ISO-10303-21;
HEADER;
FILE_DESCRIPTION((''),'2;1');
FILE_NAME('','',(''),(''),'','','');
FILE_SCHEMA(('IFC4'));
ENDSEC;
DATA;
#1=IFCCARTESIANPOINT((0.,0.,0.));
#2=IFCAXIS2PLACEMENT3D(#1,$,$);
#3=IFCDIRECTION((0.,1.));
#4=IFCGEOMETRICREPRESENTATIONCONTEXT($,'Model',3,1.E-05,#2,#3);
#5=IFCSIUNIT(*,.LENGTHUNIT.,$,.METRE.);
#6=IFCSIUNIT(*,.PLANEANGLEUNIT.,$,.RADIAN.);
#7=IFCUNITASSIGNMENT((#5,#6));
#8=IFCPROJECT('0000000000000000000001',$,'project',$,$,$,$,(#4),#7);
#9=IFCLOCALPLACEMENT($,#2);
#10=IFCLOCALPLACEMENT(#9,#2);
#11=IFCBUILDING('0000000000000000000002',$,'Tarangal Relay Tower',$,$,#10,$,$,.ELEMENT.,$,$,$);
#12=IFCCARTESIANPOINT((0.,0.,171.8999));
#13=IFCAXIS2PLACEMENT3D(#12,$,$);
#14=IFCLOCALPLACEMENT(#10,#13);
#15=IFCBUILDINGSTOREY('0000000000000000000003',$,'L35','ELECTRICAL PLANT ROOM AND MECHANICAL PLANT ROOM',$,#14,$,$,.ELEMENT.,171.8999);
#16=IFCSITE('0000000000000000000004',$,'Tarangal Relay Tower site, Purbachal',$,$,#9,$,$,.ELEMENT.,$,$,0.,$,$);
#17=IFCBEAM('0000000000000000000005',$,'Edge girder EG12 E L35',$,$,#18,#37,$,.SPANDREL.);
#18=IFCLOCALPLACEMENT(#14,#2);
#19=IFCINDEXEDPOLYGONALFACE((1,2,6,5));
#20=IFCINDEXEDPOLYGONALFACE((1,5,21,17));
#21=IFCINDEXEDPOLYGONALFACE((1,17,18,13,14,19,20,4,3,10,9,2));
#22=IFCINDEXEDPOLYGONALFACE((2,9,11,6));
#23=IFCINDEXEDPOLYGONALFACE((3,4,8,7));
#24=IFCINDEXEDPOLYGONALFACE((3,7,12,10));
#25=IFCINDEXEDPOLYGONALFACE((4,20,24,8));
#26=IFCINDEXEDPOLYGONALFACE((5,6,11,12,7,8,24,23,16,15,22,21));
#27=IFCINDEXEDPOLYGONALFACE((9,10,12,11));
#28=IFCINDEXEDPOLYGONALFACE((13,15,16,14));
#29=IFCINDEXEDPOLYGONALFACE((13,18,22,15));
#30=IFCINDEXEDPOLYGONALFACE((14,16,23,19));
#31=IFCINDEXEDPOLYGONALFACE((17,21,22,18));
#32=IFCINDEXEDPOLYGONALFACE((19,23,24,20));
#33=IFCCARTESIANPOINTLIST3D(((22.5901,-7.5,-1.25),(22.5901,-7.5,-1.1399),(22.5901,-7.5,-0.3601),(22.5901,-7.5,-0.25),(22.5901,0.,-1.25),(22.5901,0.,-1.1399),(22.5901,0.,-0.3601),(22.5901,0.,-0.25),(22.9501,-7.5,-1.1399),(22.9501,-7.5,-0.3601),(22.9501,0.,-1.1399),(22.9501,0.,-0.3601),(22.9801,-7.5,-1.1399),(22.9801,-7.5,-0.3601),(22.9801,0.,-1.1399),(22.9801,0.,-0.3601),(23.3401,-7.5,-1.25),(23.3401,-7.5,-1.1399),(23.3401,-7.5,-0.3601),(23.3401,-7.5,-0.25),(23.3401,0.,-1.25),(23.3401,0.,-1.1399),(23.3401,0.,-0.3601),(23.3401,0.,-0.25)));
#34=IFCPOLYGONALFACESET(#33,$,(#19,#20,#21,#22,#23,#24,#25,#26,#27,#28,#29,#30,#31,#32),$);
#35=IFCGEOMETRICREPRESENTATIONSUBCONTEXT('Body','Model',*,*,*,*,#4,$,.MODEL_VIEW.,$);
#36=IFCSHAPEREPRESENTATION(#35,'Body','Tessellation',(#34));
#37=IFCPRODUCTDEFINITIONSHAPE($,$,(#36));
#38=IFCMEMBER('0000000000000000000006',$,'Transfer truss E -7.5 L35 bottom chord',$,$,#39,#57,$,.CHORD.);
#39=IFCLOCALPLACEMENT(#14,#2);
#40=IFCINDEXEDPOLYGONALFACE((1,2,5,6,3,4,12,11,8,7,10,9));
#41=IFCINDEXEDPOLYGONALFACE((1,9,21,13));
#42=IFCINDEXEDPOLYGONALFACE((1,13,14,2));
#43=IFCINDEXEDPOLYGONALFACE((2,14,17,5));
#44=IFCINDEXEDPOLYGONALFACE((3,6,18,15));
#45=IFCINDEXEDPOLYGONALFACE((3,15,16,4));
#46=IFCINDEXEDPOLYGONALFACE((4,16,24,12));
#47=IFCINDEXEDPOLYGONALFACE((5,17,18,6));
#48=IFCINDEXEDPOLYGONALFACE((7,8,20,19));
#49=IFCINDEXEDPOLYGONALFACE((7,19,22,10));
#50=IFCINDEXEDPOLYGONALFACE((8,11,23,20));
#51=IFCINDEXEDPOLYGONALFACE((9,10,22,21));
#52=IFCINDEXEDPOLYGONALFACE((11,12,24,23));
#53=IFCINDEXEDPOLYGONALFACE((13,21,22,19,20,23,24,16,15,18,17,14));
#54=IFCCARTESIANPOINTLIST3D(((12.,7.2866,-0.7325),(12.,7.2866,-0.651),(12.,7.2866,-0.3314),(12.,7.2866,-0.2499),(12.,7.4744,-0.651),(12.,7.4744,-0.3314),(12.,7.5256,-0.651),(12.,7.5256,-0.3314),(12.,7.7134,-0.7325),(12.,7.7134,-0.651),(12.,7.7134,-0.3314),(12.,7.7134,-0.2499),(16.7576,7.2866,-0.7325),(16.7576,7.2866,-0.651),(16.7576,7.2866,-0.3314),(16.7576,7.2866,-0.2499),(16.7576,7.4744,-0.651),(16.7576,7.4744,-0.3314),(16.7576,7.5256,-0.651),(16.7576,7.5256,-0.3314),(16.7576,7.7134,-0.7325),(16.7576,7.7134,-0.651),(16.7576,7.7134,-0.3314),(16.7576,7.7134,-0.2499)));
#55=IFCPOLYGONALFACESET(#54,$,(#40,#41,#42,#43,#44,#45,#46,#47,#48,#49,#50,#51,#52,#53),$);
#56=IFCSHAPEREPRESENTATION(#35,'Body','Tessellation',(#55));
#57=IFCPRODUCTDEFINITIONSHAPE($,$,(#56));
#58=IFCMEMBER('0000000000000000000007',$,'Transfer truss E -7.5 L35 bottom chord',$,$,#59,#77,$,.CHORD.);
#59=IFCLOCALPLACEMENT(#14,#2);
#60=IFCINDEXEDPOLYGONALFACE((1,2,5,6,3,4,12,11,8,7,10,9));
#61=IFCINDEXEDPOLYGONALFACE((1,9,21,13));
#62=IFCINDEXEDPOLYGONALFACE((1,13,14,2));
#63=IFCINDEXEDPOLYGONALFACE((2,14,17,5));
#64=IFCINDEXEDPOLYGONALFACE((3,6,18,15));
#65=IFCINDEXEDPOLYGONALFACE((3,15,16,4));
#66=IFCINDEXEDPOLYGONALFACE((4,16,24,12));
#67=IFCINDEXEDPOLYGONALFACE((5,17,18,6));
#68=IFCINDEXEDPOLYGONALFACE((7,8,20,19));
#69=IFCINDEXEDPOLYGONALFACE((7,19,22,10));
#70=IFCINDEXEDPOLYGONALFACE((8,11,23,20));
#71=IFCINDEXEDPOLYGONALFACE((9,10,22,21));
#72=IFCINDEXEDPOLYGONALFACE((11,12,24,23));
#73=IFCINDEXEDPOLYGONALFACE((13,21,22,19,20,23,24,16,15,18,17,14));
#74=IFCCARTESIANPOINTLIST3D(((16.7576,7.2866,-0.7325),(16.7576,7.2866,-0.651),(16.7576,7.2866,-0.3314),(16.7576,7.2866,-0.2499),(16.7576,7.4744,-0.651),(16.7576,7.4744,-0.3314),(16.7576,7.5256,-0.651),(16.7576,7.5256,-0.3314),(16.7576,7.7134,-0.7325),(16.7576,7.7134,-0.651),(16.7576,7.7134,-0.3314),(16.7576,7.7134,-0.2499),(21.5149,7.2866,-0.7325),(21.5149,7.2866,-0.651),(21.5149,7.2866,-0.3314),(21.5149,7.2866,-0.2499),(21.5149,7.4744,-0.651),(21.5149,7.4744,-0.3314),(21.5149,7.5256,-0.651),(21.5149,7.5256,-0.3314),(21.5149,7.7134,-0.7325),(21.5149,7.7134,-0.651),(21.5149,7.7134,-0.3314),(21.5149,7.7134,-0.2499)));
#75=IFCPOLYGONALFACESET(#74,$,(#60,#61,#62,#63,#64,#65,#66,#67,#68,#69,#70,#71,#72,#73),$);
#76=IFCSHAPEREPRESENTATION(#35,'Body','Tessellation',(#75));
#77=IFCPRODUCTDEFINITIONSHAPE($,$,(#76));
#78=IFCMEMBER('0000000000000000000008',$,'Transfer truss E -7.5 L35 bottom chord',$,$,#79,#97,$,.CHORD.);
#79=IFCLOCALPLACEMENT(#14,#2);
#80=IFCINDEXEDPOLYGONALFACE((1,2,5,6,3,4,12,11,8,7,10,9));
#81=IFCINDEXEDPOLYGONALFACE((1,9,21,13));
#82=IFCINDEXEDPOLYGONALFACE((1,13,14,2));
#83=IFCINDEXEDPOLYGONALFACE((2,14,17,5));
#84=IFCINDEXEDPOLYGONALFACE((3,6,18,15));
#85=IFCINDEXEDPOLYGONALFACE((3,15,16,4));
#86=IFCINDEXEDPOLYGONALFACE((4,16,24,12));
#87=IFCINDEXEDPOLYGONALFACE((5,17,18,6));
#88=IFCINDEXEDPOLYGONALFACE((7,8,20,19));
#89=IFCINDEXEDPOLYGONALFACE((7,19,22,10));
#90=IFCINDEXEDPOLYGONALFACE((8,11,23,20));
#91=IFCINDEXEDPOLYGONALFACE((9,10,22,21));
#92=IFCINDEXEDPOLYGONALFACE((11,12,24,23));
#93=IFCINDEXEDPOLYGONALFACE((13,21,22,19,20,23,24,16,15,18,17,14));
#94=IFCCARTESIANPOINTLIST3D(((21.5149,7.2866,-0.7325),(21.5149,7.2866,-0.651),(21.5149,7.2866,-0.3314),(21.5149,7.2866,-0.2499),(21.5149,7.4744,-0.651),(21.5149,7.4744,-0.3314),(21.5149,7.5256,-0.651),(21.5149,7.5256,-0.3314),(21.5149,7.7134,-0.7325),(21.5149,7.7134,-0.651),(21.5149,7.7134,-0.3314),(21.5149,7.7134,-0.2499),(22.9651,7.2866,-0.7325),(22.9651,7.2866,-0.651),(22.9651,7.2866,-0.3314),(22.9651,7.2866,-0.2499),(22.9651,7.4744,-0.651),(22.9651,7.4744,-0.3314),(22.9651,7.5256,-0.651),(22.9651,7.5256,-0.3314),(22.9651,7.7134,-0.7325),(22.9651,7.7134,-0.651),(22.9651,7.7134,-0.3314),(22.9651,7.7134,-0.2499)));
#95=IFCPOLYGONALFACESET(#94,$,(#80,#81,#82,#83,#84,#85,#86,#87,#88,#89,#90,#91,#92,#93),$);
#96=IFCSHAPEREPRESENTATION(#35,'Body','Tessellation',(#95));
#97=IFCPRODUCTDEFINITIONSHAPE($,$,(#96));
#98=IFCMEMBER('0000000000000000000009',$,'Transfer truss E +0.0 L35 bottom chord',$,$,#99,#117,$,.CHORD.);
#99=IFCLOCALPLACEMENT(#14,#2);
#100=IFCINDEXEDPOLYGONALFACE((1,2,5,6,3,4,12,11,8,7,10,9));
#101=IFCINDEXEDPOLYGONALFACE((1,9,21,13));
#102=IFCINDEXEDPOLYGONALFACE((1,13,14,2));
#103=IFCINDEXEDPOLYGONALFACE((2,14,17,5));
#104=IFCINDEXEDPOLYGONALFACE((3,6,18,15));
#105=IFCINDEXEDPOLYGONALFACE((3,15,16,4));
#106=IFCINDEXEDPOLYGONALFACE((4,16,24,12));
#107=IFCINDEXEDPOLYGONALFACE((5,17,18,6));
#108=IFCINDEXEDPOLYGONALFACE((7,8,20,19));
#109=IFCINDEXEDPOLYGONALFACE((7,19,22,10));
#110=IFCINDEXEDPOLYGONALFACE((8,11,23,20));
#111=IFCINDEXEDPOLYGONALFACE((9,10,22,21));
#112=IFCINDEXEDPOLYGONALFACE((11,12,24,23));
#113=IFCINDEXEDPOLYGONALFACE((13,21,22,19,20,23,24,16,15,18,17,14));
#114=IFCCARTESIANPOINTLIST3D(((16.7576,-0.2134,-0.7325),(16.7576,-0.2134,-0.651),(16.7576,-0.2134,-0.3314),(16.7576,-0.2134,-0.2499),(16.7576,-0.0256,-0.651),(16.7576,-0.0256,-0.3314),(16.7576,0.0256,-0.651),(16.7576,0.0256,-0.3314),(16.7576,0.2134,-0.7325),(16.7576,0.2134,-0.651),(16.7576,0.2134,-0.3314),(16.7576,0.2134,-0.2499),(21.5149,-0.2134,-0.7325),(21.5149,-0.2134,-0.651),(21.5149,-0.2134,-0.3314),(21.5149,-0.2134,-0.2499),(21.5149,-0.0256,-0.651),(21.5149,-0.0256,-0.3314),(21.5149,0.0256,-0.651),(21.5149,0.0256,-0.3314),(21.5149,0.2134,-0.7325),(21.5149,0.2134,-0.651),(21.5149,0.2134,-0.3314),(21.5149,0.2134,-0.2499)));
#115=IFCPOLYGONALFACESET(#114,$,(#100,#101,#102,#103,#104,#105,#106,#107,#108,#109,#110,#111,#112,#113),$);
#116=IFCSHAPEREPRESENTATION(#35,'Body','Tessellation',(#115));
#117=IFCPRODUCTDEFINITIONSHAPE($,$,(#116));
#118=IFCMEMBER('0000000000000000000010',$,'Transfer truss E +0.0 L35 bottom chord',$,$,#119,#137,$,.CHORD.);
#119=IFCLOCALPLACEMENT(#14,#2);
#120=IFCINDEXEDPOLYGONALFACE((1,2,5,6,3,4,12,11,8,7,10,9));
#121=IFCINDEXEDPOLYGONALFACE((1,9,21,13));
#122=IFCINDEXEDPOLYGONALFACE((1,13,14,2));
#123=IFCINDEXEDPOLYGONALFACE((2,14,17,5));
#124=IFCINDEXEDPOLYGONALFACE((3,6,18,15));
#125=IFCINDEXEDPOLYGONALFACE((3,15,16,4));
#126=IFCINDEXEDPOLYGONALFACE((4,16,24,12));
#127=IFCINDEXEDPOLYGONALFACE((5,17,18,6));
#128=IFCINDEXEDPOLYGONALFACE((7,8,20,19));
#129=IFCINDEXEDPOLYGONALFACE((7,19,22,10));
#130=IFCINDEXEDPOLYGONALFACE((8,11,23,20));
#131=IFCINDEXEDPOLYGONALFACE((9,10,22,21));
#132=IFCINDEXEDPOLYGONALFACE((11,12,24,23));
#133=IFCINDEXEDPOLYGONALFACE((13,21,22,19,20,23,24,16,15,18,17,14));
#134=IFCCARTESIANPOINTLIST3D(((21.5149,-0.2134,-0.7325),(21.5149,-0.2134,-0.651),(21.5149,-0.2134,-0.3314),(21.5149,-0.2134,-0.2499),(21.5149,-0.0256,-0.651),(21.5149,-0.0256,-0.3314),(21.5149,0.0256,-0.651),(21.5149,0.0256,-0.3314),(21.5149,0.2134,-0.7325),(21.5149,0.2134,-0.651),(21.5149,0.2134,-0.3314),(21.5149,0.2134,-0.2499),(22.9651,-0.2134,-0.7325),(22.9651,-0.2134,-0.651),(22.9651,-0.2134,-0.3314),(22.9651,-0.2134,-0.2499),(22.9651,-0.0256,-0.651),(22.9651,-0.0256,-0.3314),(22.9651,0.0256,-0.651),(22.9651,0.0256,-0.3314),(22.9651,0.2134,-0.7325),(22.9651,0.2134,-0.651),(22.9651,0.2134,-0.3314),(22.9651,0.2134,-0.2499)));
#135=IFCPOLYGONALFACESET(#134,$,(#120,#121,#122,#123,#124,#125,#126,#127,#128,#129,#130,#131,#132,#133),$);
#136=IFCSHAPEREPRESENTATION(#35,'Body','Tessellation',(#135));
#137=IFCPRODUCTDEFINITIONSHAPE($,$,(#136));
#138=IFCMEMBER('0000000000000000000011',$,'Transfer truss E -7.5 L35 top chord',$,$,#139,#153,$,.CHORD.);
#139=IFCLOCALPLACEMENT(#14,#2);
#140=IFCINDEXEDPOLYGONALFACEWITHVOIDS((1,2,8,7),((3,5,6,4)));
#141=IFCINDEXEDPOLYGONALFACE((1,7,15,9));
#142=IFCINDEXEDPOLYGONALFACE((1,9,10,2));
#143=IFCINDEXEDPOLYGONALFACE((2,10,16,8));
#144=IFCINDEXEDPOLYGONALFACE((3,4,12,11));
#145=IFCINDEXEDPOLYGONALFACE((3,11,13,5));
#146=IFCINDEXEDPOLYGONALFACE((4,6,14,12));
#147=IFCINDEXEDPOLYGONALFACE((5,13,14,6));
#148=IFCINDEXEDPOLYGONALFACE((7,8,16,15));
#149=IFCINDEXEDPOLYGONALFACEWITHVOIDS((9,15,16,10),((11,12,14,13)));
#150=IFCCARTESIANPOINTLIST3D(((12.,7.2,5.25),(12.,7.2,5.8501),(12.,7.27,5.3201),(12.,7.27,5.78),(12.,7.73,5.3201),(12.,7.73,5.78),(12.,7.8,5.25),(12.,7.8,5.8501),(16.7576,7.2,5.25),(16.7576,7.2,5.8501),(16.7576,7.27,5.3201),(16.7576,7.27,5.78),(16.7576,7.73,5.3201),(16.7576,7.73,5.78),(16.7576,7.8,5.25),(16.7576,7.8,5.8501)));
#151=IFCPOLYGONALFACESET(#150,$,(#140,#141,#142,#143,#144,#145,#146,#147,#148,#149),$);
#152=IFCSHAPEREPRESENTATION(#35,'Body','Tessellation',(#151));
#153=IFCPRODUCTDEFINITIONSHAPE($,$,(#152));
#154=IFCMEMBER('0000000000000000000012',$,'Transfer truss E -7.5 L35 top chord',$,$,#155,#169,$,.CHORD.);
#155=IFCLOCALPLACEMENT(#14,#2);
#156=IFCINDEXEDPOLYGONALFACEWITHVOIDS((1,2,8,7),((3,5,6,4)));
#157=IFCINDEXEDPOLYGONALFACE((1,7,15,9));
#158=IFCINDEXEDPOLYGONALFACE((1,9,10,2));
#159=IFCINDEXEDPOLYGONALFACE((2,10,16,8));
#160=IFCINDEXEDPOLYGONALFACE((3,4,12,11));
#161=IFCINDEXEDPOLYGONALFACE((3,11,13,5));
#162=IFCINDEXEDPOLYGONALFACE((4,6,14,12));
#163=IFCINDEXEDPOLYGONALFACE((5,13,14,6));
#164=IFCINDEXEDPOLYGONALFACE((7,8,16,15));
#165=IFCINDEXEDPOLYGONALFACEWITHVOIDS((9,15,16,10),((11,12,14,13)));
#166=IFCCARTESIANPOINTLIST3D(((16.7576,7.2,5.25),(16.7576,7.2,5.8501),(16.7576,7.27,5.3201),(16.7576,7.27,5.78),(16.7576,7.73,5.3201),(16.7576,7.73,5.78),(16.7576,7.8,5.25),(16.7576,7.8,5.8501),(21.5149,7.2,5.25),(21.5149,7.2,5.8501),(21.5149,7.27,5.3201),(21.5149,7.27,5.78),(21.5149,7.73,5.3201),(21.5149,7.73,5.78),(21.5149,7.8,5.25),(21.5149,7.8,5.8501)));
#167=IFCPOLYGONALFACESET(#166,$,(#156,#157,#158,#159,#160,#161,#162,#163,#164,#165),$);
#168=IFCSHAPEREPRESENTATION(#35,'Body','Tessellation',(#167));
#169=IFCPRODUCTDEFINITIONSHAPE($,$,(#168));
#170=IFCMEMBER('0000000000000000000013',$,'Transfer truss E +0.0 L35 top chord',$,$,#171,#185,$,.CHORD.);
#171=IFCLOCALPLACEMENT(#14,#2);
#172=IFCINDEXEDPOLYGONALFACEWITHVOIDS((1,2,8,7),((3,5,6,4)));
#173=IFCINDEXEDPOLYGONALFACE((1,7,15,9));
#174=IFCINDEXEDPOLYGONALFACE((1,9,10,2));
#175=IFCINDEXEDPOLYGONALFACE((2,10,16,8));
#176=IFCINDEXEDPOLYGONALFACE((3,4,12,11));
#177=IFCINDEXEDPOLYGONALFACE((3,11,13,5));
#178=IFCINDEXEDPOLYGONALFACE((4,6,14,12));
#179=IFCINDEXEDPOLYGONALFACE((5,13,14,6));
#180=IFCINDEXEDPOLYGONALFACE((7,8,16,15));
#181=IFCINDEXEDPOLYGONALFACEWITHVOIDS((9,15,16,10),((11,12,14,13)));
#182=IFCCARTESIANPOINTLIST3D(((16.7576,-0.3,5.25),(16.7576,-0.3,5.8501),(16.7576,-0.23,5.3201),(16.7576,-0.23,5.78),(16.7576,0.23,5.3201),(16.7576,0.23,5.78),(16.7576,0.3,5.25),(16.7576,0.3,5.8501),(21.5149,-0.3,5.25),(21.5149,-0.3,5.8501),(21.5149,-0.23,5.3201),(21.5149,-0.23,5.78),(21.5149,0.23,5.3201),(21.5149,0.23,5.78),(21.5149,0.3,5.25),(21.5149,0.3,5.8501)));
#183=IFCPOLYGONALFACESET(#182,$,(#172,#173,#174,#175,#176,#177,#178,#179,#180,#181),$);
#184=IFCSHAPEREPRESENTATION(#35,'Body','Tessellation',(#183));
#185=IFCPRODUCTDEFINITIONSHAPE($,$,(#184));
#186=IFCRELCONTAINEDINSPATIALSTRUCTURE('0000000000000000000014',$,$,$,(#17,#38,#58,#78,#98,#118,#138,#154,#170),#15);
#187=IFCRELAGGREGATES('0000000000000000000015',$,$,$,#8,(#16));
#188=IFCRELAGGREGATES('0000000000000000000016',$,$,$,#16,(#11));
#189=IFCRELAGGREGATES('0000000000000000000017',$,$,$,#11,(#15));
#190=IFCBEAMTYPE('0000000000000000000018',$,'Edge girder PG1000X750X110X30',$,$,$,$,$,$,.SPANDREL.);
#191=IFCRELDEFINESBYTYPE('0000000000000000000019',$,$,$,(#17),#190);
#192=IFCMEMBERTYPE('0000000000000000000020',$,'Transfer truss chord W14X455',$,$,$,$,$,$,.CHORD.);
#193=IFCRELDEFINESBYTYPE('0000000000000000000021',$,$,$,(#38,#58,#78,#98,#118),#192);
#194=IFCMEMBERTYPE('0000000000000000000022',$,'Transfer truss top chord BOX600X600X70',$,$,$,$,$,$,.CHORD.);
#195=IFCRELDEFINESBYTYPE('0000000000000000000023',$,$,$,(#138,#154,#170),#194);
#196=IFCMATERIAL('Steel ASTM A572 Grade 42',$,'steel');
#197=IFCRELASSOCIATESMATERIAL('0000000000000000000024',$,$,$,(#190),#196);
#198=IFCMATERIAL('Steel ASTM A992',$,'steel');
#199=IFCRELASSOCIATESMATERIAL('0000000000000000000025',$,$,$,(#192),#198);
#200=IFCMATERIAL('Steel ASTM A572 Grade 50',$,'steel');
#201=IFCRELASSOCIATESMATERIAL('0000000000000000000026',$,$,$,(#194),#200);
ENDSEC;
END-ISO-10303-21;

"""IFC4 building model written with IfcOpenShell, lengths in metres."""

from ifc_helpers import new_model, si_unit, direction, frame, origin, origin_2d, place, context, subcontext, project, spatial, hollow_rectangle, i_section, extrude, material, material_profile, profile_set, type_object, element, save


model = new_model("IFC4")

# Units and contexts
model_context = context("Model", 3, precision=1e-05, world=origin(), true_north=direction((0.0, 1.0)))
body_context = subcontext(model_context, "Body", "Model", "MODEL_VIEW")
ifc_project = project(units=[si_unit("LENGTHUNIT", "METRE"), si_unit("PLANEANGLEUNIT", "RADIAN")], contexts=[model_context])

# Site, building, storey
site_placement = place(None, origin())
site = spatial("IfcSite", under=ifc_project, at=site_placement, Name="Tarangal Relay Tower site, Purbachal", CompositionType="ELEMENT", RefElevation=0.0)
building_placement = place(site_placement, origin())
building = spatial("IfcBuilding", under=site, at=building_placement, Name="Tarangal Relay Tower", CompositionType="ELEMENT")
storey_placement = place(building_placement, frame((0.0, 0.0, 171.8999)))
storey = spatial("IfcBuildingStorey", under=building, at=storey_placement, Name="L35", Description="ELECTRICAL PLANT ROOM AND MECHANICAL PLANT ROOM", CompositionType="ELEMENT", Elevation=171.8999)

# Shared definitions
ifc_material_1 = material(Name="Steel ASTM A572 Grade 50", Category="steel")

# Shared definitions
ifc_material_2 = material(Name="Steel ASTM A992", Category="steel")

# Beam
ifc_material_3 = material(Name="Steel ASTM A572 Grade 42", Category="steel")
ifc_material_profile_1 = material_profile(ifc_material_3, i_section(OverallWidth=0.75, OverallDepth=1.0, WebThickness=0.03, FlangeThickness=0.1101, at=origin_2d()), Name="PG1000X750X110X30")
ifc_profile_set_1 = profile_set([ifc_material_profile_1], Name="Steel ASTM A572 Grade 42")
beam_type = type_object("IfcBeamType", Name="Edge girder PG1000X750X110X30", PredefinedType="SPANDREL", material=ifc_profile_set_1)
beam_placement = place(storey_placement, frame((22.9651, 0.0, -0.75), z_axis=(0.0, -1.0, 0.0), x_axis=(1.0, 0.0, 0.0)))
element("IfcBeam", 1, at=beam_placement, inside=storey, type_object=beam_type, Name="Edge girder EG12 E L35", PredefinedType="SPANDREL", context=body_context, shape_type="SweptSolid", body=[
    extrude(i_section(OverallWidth=0.75, OverallDepth=1.0, WebThickness=0.03, FlangeThickness=0.1101, at=origin_2d()), origin(), (0.0, 0.0, 1.0), 7.5),
])

# Members
ifc_material_profile_2 = material_profile(ifc_material_2, i_section(OverallWidth=0.4268, OverallDepth=0.4827, WebThickness=0.0513, FlangeThickness=0.0815, at=origin_2d()), Name="W14X455")
ifc_profile_set_2 = profile_set([ifc_material_profile_2], Name="Steel ASTM A992")
member_type_1 = type_object("IfcMemberType", Name="Transfer truss chord W14X455", PredefinedType="CHORD", material=ifc_profile_set_2)
member_1_placement = place(storey_placement, frame((12.0, 7.5, -0.4912), z_axis=(1.0, 0.0, 0.0), x_axis=(0.0, 1.0, 0.0)))
element("IfcMember", 2, at=member_1_placement, inside=storey, type_object=member_type_1, Name="Transfer truss E -7.5 L35 bottom chord", PredefinedType="CHORD", context=body_context, shape_type="SweptSolid", body=[
    extrude(i_section(OverallWidth=0.4268, OverallDepth=0.4827, WebThickness=0.0513, FlangeThickness=0.0815, at=origin_2d()), origin(), (0.0, 0.0, 1.0), 4.7576),
])
member_2_placement = place(storey_placement, frame((16.7576, 7.5, -0.4912), z_axis=(1.0, 0.0, 0.0), x_axis=(0.0, 1.0, 0.0)))
element("IfcMember", 3, at=member_2_placement, inside=storey, type_object=member_type_1, Name="Transfer truss E -7.5 L35 bottom chord", PredefinedType="CHORD", context=body_context, shape_type="SweptSolid", body=[
    extrude(i_section(OverallWidth=0.4268, OverallDepth=0.4827, WebThickness=0.0513, FlangeThickness=0.0815, at=origin_2d()), origin(), (0.0, 0.0, 1.0), 4.7573),
])
member_3_placement = place(storey_placement, frame((21.5149, 7.5, -0.4912), z_axis=(1.0, 0.0, 0.0), x_axis=(0.0, 1.0, 0.0)))
element("IfcMember", 4, at=member_3_placement, inside=storey, type_object=member_type_1, Name="Transfer truss E -7.5 L35 bottom chord", PredefinedType="CHORD", context=body_context, shape_type="SweptSolid", body=[
    extrude(i_section(OverallWidth=0.4268, OverallDepth=0.4827, WebThickness=0.0513, FlangeThickness=0.0815, at=origin_2d()), origin(), (0.0, 0.0, 1.0), 1.4502),
])
member_4_placement = place(storey_placement, frame((16.7576, 0.0, -0.4912), z_axis=(1.0, 0.0, 0.0), x_axis=(0.0, 1.0, 0.0)))
element("IfcMember", 5, at=member_4_placement, inside=storey, type_object=member_type_1, Name="Transfer truss E +0.0 L35 bottom chord", PredefinedType="CHORD", context=body_context, shape_type="SweptSolid", body=[
    extrude(i_section(OverallWidth=0.4268, OverallDepth=0.4827, WebThickness=0.0513, FlangeThickness=0.0815, at=origin_2d()), origin(), (0.0, 0.0, 1.0), 4.7573),
])
member_5_placement = place(storey_placement, frame((21.5149, 0.0, -0.4912), z_axis=(1.0, 0.0, 0.0), x_axis=(0.0, 1.0, 0.0)))
element("IfcMember", 6, at=member_5_placement, inside=storey, type_object=member_type_1, Name="Transfer truss E +0.0 L35 bottom chord", PredefinedType="CHORD", context=body_context, shape_type="SweptSolid", body=[
    extrude(i_section(OverallWidth=0.4268, OverallDepth=0.4827, WebThickness=0.0513, FlangeThickness=0.0815, at=origin_2d()), origin(), (0.0, 0.0, 1.0), 1.4502),
])
ifc_material_profile_3 = material_profile(ifc_material_1, hollow_rectangle(XDim=0.6001, YDim=0.6001, WallThickness=0.0701, at=origin_2d()), Name="BOX600X600X70")
ifc_profile_set_3 = profile_set([ifc_material_profile_3], Name="Steel ASTM A572 Grade 50")
member_type_2 = type_object("IfcMemberType", Name="Transfer truss top chord BOX600X600X70", PredefinedType="CHORD", material=ifc_profile_set_3)
member_6_placement = place(storey_placement, frame((12.0, 7.5, 5.55), z_axis=(1.0, 0.0, 0.0), x_axis=(0.0, 1.0, 0.0)))
element("IfcMember", 7, at=member_6_placement, inside=storey, type_object=member_type_2, Name="Transfer truss E -7.5 L35 top chord", PredefinedType="CHORD", context=body_context, shape_type="SweptSolid", body=[
    extrude(hollow_rectangle(XDim=0.6001, YDim=0.6001, WallThickness=0.0701, at=origin_2d()), origin(), (0.0, 0.0, 1.0), 4.7576),
])
for number, where, z_axis, x_axis, name in (
    (8, (16.7576, 7.5, 5.55), (1.0, 0.0, 0.0), (0.0, 1.0, 0.0), "Transfer truss E -7.5 L35 top chord"),
    (9, (16.7576, 0.0, 5.55), (1.0, 0.0, 0.0), (0.0, 1.0, 0.0), "Transfer truss E +0.0 L35 top chord"),
):
    element("IfcMember", number, at=place(storey_placement, frame(where, z_axis=z_axis, x_axis=x_axis)), inside=storey, type_object=member_type_2, Name=name, PredefinedType="CHORD", context=body_context, shape_type="SweptSolid", body=[
        extrude(hollow_rectangle(XDim=0.6001, YDim=0.6001, WallThickness=0.0701, at=origin_2d()), origin(), (0.0, 0.0, 1.0), 4.7573),
    ])

save(model, "model.ifc")
